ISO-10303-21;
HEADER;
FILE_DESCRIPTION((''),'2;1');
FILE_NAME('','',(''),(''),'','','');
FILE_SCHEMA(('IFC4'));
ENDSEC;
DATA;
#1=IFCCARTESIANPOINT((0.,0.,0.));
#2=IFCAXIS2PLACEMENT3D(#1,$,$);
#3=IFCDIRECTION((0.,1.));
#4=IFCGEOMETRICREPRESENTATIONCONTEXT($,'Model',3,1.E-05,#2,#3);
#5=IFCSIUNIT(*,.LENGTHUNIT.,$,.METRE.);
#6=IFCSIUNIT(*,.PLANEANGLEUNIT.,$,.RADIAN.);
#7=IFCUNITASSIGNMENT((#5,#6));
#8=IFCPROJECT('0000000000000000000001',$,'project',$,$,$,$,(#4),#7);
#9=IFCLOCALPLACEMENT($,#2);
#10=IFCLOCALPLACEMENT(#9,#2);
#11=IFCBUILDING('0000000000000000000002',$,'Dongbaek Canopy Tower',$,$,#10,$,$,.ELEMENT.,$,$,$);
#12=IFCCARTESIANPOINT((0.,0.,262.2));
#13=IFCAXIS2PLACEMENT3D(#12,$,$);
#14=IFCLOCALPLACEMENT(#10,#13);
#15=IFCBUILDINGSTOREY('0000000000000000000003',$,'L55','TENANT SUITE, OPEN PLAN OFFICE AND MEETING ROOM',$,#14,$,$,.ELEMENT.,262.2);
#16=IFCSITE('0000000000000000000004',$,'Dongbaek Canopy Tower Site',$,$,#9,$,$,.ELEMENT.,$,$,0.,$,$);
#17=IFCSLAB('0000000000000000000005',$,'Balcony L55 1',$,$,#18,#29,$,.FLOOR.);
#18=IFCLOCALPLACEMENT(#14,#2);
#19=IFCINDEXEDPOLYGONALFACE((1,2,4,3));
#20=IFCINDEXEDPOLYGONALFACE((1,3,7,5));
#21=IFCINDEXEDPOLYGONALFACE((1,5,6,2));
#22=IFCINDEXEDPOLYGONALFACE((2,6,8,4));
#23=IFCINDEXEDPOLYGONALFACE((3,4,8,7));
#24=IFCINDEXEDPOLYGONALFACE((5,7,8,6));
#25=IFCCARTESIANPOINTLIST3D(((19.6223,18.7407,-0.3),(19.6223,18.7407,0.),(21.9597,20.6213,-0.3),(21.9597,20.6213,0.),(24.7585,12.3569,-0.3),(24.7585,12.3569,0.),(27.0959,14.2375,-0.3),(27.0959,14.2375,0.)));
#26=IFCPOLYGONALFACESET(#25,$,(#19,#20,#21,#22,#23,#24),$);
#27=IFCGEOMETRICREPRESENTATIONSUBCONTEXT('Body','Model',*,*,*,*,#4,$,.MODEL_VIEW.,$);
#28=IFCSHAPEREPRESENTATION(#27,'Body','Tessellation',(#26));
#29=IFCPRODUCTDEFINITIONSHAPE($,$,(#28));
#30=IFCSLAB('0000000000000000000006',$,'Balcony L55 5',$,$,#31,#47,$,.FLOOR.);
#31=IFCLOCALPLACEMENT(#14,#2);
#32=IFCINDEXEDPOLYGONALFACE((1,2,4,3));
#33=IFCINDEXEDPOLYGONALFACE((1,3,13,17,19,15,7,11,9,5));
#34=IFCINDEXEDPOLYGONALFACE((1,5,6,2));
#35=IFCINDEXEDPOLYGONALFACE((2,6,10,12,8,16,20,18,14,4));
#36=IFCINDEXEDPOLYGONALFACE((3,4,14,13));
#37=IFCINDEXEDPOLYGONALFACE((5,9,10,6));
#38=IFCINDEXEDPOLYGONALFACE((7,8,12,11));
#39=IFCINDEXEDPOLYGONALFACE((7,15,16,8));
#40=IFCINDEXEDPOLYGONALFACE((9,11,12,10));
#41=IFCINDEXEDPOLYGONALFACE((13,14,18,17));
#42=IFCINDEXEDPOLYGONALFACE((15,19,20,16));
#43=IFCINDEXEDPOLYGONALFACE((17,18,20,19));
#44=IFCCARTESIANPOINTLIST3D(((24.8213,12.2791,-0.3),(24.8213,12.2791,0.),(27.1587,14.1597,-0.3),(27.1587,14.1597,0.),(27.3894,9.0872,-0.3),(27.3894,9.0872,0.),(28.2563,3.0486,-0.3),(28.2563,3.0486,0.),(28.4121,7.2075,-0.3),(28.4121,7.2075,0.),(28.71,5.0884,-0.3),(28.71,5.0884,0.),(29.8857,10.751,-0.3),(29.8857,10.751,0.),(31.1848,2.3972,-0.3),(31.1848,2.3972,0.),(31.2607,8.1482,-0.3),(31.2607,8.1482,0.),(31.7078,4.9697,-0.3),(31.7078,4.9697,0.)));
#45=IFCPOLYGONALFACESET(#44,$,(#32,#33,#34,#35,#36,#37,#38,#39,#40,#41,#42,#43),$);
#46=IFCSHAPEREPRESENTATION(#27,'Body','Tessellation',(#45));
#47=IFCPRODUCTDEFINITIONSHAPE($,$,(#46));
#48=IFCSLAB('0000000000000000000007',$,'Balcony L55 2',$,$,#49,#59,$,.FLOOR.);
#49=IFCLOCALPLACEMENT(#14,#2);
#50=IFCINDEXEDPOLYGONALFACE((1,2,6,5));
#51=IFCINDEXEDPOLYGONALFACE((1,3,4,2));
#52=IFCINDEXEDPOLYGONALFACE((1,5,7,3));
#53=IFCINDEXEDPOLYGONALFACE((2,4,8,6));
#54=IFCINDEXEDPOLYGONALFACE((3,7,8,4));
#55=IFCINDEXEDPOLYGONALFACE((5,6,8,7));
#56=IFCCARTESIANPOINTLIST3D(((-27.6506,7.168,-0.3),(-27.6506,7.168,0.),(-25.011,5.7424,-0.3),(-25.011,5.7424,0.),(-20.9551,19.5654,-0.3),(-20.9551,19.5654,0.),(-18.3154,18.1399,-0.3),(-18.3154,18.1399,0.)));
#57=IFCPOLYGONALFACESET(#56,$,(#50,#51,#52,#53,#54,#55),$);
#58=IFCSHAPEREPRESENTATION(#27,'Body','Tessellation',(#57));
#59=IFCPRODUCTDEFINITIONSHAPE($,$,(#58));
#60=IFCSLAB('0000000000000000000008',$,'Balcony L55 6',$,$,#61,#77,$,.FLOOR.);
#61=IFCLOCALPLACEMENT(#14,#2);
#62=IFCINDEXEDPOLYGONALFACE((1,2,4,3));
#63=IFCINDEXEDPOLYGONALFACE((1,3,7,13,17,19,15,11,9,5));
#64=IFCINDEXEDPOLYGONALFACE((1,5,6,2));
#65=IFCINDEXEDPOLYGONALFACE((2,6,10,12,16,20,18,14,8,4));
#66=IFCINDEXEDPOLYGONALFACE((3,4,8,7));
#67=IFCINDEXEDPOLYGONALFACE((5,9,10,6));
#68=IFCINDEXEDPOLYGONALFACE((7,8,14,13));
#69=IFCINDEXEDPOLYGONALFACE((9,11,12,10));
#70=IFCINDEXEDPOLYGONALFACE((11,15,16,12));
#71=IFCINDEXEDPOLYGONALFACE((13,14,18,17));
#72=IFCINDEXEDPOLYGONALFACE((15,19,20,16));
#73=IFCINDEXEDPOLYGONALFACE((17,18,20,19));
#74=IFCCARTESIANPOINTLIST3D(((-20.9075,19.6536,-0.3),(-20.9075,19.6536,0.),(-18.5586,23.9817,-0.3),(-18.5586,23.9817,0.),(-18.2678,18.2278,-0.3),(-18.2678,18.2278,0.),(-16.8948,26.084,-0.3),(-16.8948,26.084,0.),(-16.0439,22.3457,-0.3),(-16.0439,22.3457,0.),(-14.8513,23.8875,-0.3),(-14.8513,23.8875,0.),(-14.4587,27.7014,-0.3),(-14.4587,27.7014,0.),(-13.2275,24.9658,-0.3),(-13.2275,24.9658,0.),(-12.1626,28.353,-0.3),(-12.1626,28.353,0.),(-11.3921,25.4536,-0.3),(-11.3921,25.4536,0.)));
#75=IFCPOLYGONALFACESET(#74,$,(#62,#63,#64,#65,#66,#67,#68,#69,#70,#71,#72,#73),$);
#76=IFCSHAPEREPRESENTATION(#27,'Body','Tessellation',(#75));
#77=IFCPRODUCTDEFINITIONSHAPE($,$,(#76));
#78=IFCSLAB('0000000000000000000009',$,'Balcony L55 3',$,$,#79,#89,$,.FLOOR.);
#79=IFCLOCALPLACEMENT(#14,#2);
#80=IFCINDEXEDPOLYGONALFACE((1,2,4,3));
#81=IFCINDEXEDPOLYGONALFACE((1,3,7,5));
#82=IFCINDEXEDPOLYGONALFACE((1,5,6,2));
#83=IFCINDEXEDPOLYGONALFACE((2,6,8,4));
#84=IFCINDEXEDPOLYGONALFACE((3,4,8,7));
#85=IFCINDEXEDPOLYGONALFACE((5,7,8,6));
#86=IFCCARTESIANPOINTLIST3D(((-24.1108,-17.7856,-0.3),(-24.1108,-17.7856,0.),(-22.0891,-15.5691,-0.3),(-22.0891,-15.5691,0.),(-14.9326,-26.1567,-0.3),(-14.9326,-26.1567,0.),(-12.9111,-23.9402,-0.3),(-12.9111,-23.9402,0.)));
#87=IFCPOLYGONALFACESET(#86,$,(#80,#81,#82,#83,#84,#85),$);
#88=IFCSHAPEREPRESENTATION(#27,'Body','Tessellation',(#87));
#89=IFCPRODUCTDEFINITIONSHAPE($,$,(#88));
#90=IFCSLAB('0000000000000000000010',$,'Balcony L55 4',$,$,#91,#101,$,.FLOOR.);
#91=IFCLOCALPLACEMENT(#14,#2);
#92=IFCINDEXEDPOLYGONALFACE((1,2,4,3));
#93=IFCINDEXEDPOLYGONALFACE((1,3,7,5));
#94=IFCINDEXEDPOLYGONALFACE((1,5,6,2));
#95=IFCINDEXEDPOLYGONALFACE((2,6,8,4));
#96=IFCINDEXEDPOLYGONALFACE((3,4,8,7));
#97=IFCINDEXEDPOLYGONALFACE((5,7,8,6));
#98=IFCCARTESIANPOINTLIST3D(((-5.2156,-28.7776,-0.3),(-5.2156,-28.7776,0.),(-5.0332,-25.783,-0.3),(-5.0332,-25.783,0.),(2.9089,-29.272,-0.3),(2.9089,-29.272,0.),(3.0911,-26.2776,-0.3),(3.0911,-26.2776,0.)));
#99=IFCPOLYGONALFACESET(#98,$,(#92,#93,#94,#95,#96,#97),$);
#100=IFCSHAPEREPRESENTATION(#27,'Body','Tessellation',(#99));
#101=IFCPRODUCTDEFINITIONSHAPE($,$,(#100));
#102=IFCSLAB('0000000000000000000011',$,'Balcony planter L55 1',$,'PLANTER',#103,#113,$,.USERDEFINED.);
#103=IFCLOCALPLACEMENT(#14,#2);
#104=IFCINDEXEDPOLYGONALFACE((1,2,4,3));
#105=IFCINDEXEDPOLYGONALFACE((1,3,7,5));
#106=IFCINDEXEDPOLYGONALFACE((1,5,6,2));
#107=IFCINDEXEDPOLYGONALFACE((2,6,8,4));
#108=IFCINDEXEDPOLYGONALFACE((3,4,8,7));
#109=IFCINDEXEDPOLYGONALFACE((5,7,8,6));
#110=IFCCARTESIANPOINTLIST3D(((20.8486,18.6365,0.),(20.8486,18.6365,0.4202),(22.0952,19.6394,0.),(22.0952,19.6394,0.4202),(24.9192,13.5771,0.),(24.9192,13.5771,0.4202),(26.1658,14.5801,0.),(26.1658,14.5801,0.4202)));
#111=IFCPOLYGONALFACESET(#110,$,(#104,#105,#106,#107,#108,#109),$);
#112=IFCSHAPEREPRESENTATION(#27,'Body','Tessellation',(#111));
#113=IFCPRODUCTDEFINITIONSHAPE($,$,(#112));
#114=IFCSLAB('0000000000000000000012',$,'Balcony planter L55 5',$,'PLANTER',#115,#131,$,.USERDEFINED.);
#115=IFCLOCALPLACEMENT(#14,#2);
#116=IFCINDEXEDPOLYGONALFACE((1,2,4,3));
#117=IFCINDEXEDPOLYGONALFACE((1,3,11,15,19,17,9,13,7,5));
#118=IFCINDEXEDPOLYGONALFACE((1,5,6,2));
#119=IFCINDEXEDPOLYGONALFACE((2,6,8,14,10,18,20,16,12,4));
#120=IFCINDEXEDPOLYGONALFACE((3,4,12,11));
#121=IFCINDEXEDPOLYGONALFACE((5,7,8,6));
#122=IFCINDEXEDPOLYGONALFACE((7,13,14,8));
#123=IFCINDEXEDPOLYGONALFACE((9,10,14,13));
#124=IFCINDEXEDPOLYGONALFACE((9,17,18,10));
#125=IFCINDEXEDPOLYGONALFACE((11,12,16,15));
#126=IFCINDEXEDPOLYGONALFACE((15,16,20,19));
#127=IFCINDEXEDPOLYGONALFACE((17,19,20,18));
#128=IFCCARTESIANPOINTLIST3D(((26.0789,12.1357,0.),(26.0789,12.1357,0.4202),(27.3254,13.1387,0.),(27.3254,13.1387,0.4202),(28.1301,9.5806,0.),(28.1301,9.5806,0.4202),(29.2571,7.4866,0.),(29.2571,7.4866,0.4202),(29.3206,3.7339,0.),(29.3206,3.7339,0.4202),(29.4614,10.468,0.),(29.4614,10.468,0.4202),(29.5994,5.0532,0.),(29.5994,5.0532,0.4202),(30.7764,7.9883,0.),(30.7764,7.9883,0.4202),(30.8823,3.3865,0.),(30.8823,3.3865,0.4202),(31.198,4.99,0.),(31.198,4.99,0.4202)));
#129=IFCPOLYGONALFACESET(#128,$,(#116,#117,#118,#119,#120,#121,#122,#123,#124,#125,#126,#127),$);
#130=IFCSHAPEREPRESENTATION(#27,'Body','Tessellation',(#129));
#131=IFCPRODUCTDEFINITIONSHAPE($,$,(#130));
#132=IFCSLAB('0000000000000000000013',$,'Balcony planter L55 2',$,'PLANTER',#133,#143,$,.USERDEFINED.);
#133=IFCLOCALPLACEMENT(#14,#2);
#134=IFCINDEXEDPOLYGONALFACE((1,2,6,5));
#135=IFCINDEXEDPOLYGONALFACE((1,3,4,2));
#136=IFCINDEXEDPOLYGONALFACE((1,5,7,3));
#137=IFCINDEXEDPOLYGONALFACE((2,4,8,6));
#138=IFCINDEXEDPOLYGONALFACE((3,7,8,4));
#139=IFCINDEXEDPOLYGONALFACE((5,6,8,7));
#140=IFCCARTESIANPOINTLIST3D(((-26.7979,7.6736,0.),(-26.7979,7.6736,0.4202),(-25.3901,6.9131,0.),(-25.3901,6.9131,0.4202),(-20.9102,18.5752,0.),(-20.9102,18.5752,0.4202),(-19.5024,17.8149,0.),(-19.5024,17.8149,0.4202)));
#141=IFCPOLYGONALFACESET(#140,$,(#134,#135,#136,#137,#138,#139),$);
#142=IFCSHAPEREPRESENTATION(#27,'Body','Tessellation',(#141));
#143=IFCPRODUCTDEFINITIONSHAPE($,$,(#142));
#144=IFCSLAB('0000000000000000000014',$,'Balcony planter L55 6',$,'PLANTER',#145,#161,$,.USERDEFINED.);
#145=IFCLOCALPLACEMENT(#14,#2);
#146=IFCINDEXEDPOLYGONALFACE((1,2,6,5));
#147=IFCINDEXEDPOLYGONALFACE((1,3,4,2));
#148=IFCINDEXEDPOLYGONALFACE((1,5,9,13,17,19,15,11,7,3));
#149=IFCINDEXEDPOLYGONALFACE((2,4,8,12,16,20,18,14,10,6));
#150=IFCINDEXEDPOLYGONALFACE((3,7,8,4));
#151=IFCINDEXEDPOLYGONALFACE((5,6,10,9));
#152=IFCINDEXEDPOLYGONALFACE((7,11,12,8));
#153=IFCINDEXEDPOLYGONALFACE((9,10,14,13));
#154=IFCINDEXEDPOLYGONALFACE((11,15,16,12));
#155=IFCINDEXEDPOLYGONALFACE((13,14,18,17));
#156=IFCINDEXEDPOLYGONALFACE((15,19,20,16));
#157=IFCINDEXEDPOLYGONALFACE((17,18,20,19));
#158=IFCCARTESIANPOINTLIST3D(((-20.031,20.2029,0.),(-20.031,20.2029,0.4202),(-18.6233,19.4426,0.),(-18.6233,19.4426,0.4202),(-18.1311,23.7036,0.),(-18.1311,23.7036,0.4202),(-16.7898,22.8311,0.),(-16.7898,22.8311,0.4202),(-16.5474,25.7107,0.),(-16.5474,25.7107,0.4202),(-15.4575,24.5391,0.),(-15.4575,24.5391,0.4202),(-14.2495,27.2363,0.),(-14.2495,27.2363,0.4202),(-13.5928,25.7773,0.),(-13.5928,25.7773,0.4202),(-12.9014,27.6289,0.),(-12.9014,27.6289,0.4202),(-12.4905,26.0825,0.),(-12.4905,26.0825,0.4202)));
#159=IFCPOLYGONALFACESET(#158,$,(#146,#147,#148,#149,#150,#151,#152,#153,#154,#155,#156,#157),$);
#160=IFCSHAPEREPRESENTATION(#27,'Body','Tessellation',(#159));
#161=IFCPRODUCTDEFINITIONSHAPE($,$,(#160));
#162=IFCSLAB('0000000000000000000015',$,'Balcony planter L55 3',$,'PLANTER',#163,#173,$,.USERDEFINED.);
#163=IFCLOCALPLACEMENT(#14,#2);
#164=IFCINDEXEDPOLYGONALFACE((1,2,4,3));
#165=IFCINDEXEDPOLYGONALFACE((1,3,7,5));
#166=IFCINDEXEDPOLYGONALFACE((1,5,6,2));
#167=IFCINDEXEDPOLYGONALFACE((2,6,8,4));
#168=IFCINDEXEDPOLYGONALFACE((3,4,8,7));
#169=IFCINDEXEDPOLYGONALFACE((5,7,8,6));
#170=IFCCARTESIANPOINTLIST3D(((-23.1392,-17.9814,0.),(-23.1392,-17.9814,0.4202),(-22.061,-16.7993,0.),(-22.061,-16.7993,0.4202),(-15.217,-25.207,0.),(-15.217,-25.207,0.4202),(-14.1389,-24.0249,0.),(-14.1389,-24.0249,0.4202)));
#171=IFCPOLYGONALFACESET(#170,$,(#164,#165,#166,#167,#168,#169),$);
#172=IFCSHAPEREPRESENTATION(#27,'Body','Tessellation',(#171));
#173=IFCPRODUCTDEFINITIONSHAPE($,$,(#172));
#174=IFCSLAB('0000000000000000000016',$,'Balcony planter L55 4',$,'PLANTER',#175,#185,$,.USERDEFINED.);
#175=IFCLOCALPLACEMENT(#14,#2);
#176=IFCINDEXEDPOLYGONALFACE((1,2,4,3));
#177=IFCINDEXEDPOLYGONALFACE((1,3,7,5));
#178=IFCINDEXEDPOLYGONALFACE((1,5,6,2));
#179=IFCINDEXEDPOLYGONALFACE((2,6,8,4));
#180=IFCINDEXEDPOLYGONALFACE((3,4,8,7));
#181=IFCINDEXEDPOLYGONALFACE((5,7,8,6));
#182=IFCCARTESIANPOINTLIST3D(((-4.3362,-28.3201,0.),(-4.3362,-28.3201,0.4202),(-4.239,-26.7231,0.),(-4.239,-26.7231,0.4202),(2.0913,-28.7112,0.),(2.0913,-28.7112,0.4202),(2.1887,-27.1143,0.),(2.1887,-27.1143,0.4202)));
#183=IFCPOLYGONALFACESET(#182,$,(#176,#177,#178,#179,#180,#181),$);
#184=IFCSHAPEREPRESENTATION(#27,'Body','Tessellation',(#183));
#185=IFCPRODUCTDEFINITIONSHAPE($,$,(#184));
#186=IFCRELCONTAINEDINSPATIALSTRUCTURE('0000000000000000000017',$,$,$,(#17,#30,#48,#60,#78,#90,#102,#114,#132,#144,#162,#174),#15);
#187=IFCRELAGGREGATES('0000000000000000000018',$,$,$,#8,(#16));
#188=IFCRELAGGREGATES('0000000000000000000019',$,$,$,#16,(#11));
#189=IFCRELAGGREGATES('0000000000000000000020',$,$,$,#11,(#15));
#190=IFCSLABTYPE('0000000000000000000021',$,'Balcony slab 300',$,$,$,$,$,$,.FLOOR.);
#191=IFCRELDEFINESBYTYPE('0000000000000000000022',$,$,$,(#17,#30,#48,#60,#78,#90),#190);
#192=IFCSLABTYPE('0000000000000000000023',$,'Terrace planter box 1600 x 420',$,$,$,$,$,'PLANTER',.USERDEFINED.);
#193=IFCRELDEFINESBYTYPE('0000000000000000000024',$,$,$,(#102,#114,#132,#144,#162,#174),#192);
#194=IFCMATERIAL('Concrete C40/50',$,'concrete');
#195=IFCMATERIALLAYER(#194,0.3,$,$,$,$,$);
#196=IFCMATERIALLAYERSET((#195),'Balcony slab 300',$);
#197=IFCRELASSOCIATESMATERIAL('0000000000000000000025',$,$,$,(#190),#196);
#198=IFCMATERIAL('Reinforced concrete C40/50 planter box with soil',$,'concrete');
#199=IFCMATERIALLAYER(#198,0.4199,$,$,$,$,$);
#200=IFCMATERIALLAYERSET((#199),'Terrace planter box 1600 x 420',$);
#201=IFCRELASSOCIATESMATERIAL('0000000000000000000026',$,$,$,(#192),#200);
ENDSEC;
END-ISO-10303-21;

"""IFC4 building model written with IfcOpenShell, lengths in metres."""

from ifc_helpers import new_model, si_unit, direction, frame, origin, place, context, subcontext, project, spatial, polyline, outline, extrude, material, layer, layer_set, type_object, element, save


model = new_model("IFC4")

# Units and contexts
model_context = context("Model", 3, precision=1e-05, world=origin(), true_north=direction((0.0, 1.0)))
body_context = subcontext(model_context, "Body", "Model", "MODEL_VIEW")
ifc_project = project(units=[si_unit("LENGTHUNIT", "METRE"), si_unit("PLANEANGLEUNIT", "RADIAN")], contexts=[model_context])

# Site, building, storey
site_placement = place(None, origin())
site = spatial("IfcSite", under=ifc_project, at=site_placement, Name="Dongbaek Canopy Tower Site", CompositionType="ELEMENT", RefElevation=0.0)
building_placement = place(site_placement, origin())
building = spatial("IfcBuilding", under=site, at=building_placement, Name="Dongbaek Canopy Tower", CompositionType="ELEMENT")
storey_placement = place(building_placement, frame((0.0, 0.0, 262.2)))
storey = spatial("IfcBuildingStorey", under=building, at=storey_placement, Name="L55", Description="TENANT SUITE, OPEN PLAN OFFICE AND MEETING ROOM", CompositionType="ELEMENT", Elevation=262.2)

# Slabs
ifc_material_1 = material(Name="Concrete C40/50", Category="concrete")
ifc_layer_1 = layer(ifc_material_1, 0.3)
ifc_layer_set_1 = layer_set([ifc_layer_1], Name="Balcony slab 300")
slab_type_1 = type_object("IfcSlabType", Name="Balcony slab 300", PredefinedType="FLOOR", material=ifc_layer_set_1)
slab_1_placement = place(storey_placement, frame((0.0, 0.0, -0.3)))
element("IfcSlab", 1, at=slab_1_placement, inside=storey, type_object=slab_type_1, Name="Balcony L55 1", PredefinedType="FLOOR", context=body_context, shape_type="SweptSolid", body=[
    extrude(outline(polyline([(24.7585, 12.3569), (19.6223, 18.7407), (21.9597, 20.6213), (27.0959, 14.2375), (24.7585, 12.3569)])), origin(), (0.0, 0.0, 1.0), 0.3),
])
slab_2_placement = place(storey_placement, frame((0.0, 0.0, -0.3)))
element("IfcSlab", 2, at=slab_2_placement, inside=storey, type_object=slab_type_1, Name="Balcony L55 5", PredefinedType="FLOOR", context=body_context, shape_type="SweptSolid", body=[
    extrude(outline(polyline([(28.2563, 3.0486), (28.71, 5.0884), (28.4121, 7.2075), (27.3894, 9.0872), (24.8213, 12.2791), (27.1587, 14.1597), (29.8857, 10.751), (31.2607, 8.1482), (31.7078, 4.9697), (31.1848, 2.3972), (28.2563, 3.0486)])), origin(), (0.0, 0.0, 1.0), 0.3),
])
slab_3_placement = place(storey_placement, frame((0.0, 0.0, -0.3)))
element("IfcSlab", 3, at=slab_3_placement, inside=storey, type_object=slab_type_1, Name="Balcony L55 2", PredefinedType="FLOOR", context=body_context, shape_type="SweptSolid", body=[
    extrude(outline(polyline([(-18.3154, 18.1399), (-25.011, 5.7424), (-27.6506, 7.168), (-20.9551, 19.5654), (-18.3154, 18.1399)])), origin(), (0.0, 0.0, 1.0), 0.3),
])
slab_4_placement = place(storey_placement, frame((0.0, 0.0, -0.3)))
element("IfcSlab", 4, at=slab_4_placement, inside=storey, type_object=slab_type_1, Name="Balcony L55 6", PredefinedType="FLOOR", context=body_context, shape_type="SweptSolid", body=[
    extrude(outline(polyline([(-11.3921, 25.4536), (-13.2275, 24.9658), (-14.8513, 23.8875), (-16.0439, 22.3457), (-18.2678, 18.2278), (-20.9075, 19.6536), (-18.5586, 23.9817), (-16.8948, 26.084), (-14.4587, 27.7014), (-12.1626, 28.353), (-11.3921, 25.4536)])), origin(), (0.0, 0.0, 1.0), 0.3),
])
slab_5_placement = place(storey_placement, frame((0.0, 0.0, -0.3)))
element("IfcSlab", 5, at=slab_5_placement, inside=storey, type_object=slab_type_1, Name="Balcony L55 3", PredefinedType="FLOOR", context=body_context, shape_type="SweptSolid", body=[
    extrude(outline(polyline([(-22.0891, -15.5691), (-12.9111, -23.9402), (-14.9326, -26.1567), (-24.1108, -17.7856), (-22.0891, -15.5691)])), origin(), (0.0, 0.0, 1.0), 0.3),
])
slab_6_placement = place(storey_placement, frame((0.0, 0.0, -0.3)))
element("IfcSlab", 6, at=slab_6_placement, inside=storey, type_object=slab_type_1, Name="Balcony L55 4", PredefinedType="FLOOR", context=body_context, shape_type="SweptSolid", body=[
    extrude(outline(polyline([(-5.0332, -25.783), (3.0911, -26.2776), (2.9089, -29.272), (-5.2156, -28.7776), (-5.0332, -25.783)])), origin(), (0.0, 0.0, 1.0), 0.3),
])
ifc_material_2 = material(Name="Reinforced concrete C40/50 planter box with soil", Category="concrete")
ifc_layer_2 = layer(ifc_material_2, 0.4199)
ifc_layer_set_2 = layer_set([ifc_layer_2], Name="Terrace planter box 1600 x 420")
slab_type_2 = type_object("IfcSlabType", Name="Terrace planter box 1600 x 420", ElementType="PLANTER", PredefinedType="USERDEFINED", material=ifc_layer_set_2)
slab_7_placement = place(storey_placement, origin())
element("IfcSlab", 7, at=slab_7_placement, inside=storey, type_object=slab_type_2, Name="Balcony planter L55 1", ObjectType="PLANTER", PredefinedType="USERDEFINED", context=body_context, shape_type="SweptSolid", body=[
    extrude(outline(polyline([(24.9192, 13.5771), (20.8486, 18.6365), (22.0952, 19.6394), (26.1658, 14.5801), (24.9192, 13.5771)])), origin(), (0.0, 0.0, 1.0), 0.4202),
])
slab_8_placement = place(storey_placement, origin())
element("IfcSlab", 8, at=slab_8_placement, inside=storey, type_object=slab_type_2, Name="Balcony planter L55 5", ObjectType="PLANTER", PredefinedType="USERDEFINED", context=body_context, shape_type="SweptSolid", body=[
    extrude(outline(polyline([(29.3206, 3.7339), (29.5994, 5.0532), (29.2571, 7.4866), (28.1301, 9.5806), (26.0789, 12.1357), (27.3254, 13.1387), (29.4614, 10.468), (30.7764, 7.9883), (31.198, 4.99), (30.8823, 3.3865), (29.3206, 3.7339)])), origin(), (0.0, 0.0, 1.0), 0.4202),
])
slab_9_placement = place(storey_placement, origin())
element("IfcSlab", 9, at=slab_9_placement, inside=storey, type_object=slab_type_2, Name="Balcony planter L55 2", ObjectType="PLANTER", PredefinedType="USERDEFINED", context=body_context, shape_type="SweptSolid", body=[
    extrude(outline(polyline([(-19.5024, 17.8149), (-25.3901, 6.9131), (-26.7979, 7.6736), (-20.9102, 18.5752), (-19.5024, 17.8149)])), origin(), (0.0, 0.0, 1.0), 0.4202),
])
slab_10_placement = place(storey_placement, origin())
element("IfcSlab", 10, at=slab_10_placement, inside=storey, type_object=slab_type_2, Name="Balcony planter L55 6", ObjectType="PLANTER", PredefinedType="USERDEFINED", context=body_context, shape_type="SweptSolid", body=[
    extrude(outline(polyline([(-12.4905, 26.0825), (-13.5928, 25.7773), (-15.4575, 24.5391), (-16.7898, 22.8311), (-18.6233, 19.4426), (-20.031, 20.2029), (-18.1311, 23.7036), (-16.5474, 25.7107), (-14.2495, 27.2363), (-12.9014, 27.6289), (-12.4905, 26.0825)])), origin(), (0.0, 0.0, 1.0), 0.4202),
])
slab_11_placement = place(storey_placement, origin())
element("IfcSlab", 11, at=slab_11_placement, inside=storey, type_object=slab_type_2, Name="Balcony planter L55 3", ObjectType="PLANTER", PredefinedType="USERDEFINED", context=body_context, shape_type="SweptSolid", body=[
    extrude(outline(polyline([(-22.061, -16.7993), (-14.1389, -24.0249), (-15.217, -25.207), (-23.1392, -17.9814), (-22.061, -16.7993)])), origin(), (0.0, 0.0, 1.0), 0.4202),
])
slab_12_placement = place(storey_placement, origin())
element("IfcSlab", 12, at=slab_12_placement, inside=storey, type_object=slab_type_2, Name="Balcony planter L55 4", ObjectType="PLANTER", PredefinedType="USERDEFINED", context=body_context, shape_type="SweptSolid", body=[
    extrude(outline(polyline([(-4.239, -26.7231), (2.1887, -27.1143), (2.0913, -28.7112), (-4.3362, -28.3201), (-4.239, -26.7231)])), origin(), (0.0, 0.0, 1.0), 0.4202),
])

save(model, "model.ifc")
